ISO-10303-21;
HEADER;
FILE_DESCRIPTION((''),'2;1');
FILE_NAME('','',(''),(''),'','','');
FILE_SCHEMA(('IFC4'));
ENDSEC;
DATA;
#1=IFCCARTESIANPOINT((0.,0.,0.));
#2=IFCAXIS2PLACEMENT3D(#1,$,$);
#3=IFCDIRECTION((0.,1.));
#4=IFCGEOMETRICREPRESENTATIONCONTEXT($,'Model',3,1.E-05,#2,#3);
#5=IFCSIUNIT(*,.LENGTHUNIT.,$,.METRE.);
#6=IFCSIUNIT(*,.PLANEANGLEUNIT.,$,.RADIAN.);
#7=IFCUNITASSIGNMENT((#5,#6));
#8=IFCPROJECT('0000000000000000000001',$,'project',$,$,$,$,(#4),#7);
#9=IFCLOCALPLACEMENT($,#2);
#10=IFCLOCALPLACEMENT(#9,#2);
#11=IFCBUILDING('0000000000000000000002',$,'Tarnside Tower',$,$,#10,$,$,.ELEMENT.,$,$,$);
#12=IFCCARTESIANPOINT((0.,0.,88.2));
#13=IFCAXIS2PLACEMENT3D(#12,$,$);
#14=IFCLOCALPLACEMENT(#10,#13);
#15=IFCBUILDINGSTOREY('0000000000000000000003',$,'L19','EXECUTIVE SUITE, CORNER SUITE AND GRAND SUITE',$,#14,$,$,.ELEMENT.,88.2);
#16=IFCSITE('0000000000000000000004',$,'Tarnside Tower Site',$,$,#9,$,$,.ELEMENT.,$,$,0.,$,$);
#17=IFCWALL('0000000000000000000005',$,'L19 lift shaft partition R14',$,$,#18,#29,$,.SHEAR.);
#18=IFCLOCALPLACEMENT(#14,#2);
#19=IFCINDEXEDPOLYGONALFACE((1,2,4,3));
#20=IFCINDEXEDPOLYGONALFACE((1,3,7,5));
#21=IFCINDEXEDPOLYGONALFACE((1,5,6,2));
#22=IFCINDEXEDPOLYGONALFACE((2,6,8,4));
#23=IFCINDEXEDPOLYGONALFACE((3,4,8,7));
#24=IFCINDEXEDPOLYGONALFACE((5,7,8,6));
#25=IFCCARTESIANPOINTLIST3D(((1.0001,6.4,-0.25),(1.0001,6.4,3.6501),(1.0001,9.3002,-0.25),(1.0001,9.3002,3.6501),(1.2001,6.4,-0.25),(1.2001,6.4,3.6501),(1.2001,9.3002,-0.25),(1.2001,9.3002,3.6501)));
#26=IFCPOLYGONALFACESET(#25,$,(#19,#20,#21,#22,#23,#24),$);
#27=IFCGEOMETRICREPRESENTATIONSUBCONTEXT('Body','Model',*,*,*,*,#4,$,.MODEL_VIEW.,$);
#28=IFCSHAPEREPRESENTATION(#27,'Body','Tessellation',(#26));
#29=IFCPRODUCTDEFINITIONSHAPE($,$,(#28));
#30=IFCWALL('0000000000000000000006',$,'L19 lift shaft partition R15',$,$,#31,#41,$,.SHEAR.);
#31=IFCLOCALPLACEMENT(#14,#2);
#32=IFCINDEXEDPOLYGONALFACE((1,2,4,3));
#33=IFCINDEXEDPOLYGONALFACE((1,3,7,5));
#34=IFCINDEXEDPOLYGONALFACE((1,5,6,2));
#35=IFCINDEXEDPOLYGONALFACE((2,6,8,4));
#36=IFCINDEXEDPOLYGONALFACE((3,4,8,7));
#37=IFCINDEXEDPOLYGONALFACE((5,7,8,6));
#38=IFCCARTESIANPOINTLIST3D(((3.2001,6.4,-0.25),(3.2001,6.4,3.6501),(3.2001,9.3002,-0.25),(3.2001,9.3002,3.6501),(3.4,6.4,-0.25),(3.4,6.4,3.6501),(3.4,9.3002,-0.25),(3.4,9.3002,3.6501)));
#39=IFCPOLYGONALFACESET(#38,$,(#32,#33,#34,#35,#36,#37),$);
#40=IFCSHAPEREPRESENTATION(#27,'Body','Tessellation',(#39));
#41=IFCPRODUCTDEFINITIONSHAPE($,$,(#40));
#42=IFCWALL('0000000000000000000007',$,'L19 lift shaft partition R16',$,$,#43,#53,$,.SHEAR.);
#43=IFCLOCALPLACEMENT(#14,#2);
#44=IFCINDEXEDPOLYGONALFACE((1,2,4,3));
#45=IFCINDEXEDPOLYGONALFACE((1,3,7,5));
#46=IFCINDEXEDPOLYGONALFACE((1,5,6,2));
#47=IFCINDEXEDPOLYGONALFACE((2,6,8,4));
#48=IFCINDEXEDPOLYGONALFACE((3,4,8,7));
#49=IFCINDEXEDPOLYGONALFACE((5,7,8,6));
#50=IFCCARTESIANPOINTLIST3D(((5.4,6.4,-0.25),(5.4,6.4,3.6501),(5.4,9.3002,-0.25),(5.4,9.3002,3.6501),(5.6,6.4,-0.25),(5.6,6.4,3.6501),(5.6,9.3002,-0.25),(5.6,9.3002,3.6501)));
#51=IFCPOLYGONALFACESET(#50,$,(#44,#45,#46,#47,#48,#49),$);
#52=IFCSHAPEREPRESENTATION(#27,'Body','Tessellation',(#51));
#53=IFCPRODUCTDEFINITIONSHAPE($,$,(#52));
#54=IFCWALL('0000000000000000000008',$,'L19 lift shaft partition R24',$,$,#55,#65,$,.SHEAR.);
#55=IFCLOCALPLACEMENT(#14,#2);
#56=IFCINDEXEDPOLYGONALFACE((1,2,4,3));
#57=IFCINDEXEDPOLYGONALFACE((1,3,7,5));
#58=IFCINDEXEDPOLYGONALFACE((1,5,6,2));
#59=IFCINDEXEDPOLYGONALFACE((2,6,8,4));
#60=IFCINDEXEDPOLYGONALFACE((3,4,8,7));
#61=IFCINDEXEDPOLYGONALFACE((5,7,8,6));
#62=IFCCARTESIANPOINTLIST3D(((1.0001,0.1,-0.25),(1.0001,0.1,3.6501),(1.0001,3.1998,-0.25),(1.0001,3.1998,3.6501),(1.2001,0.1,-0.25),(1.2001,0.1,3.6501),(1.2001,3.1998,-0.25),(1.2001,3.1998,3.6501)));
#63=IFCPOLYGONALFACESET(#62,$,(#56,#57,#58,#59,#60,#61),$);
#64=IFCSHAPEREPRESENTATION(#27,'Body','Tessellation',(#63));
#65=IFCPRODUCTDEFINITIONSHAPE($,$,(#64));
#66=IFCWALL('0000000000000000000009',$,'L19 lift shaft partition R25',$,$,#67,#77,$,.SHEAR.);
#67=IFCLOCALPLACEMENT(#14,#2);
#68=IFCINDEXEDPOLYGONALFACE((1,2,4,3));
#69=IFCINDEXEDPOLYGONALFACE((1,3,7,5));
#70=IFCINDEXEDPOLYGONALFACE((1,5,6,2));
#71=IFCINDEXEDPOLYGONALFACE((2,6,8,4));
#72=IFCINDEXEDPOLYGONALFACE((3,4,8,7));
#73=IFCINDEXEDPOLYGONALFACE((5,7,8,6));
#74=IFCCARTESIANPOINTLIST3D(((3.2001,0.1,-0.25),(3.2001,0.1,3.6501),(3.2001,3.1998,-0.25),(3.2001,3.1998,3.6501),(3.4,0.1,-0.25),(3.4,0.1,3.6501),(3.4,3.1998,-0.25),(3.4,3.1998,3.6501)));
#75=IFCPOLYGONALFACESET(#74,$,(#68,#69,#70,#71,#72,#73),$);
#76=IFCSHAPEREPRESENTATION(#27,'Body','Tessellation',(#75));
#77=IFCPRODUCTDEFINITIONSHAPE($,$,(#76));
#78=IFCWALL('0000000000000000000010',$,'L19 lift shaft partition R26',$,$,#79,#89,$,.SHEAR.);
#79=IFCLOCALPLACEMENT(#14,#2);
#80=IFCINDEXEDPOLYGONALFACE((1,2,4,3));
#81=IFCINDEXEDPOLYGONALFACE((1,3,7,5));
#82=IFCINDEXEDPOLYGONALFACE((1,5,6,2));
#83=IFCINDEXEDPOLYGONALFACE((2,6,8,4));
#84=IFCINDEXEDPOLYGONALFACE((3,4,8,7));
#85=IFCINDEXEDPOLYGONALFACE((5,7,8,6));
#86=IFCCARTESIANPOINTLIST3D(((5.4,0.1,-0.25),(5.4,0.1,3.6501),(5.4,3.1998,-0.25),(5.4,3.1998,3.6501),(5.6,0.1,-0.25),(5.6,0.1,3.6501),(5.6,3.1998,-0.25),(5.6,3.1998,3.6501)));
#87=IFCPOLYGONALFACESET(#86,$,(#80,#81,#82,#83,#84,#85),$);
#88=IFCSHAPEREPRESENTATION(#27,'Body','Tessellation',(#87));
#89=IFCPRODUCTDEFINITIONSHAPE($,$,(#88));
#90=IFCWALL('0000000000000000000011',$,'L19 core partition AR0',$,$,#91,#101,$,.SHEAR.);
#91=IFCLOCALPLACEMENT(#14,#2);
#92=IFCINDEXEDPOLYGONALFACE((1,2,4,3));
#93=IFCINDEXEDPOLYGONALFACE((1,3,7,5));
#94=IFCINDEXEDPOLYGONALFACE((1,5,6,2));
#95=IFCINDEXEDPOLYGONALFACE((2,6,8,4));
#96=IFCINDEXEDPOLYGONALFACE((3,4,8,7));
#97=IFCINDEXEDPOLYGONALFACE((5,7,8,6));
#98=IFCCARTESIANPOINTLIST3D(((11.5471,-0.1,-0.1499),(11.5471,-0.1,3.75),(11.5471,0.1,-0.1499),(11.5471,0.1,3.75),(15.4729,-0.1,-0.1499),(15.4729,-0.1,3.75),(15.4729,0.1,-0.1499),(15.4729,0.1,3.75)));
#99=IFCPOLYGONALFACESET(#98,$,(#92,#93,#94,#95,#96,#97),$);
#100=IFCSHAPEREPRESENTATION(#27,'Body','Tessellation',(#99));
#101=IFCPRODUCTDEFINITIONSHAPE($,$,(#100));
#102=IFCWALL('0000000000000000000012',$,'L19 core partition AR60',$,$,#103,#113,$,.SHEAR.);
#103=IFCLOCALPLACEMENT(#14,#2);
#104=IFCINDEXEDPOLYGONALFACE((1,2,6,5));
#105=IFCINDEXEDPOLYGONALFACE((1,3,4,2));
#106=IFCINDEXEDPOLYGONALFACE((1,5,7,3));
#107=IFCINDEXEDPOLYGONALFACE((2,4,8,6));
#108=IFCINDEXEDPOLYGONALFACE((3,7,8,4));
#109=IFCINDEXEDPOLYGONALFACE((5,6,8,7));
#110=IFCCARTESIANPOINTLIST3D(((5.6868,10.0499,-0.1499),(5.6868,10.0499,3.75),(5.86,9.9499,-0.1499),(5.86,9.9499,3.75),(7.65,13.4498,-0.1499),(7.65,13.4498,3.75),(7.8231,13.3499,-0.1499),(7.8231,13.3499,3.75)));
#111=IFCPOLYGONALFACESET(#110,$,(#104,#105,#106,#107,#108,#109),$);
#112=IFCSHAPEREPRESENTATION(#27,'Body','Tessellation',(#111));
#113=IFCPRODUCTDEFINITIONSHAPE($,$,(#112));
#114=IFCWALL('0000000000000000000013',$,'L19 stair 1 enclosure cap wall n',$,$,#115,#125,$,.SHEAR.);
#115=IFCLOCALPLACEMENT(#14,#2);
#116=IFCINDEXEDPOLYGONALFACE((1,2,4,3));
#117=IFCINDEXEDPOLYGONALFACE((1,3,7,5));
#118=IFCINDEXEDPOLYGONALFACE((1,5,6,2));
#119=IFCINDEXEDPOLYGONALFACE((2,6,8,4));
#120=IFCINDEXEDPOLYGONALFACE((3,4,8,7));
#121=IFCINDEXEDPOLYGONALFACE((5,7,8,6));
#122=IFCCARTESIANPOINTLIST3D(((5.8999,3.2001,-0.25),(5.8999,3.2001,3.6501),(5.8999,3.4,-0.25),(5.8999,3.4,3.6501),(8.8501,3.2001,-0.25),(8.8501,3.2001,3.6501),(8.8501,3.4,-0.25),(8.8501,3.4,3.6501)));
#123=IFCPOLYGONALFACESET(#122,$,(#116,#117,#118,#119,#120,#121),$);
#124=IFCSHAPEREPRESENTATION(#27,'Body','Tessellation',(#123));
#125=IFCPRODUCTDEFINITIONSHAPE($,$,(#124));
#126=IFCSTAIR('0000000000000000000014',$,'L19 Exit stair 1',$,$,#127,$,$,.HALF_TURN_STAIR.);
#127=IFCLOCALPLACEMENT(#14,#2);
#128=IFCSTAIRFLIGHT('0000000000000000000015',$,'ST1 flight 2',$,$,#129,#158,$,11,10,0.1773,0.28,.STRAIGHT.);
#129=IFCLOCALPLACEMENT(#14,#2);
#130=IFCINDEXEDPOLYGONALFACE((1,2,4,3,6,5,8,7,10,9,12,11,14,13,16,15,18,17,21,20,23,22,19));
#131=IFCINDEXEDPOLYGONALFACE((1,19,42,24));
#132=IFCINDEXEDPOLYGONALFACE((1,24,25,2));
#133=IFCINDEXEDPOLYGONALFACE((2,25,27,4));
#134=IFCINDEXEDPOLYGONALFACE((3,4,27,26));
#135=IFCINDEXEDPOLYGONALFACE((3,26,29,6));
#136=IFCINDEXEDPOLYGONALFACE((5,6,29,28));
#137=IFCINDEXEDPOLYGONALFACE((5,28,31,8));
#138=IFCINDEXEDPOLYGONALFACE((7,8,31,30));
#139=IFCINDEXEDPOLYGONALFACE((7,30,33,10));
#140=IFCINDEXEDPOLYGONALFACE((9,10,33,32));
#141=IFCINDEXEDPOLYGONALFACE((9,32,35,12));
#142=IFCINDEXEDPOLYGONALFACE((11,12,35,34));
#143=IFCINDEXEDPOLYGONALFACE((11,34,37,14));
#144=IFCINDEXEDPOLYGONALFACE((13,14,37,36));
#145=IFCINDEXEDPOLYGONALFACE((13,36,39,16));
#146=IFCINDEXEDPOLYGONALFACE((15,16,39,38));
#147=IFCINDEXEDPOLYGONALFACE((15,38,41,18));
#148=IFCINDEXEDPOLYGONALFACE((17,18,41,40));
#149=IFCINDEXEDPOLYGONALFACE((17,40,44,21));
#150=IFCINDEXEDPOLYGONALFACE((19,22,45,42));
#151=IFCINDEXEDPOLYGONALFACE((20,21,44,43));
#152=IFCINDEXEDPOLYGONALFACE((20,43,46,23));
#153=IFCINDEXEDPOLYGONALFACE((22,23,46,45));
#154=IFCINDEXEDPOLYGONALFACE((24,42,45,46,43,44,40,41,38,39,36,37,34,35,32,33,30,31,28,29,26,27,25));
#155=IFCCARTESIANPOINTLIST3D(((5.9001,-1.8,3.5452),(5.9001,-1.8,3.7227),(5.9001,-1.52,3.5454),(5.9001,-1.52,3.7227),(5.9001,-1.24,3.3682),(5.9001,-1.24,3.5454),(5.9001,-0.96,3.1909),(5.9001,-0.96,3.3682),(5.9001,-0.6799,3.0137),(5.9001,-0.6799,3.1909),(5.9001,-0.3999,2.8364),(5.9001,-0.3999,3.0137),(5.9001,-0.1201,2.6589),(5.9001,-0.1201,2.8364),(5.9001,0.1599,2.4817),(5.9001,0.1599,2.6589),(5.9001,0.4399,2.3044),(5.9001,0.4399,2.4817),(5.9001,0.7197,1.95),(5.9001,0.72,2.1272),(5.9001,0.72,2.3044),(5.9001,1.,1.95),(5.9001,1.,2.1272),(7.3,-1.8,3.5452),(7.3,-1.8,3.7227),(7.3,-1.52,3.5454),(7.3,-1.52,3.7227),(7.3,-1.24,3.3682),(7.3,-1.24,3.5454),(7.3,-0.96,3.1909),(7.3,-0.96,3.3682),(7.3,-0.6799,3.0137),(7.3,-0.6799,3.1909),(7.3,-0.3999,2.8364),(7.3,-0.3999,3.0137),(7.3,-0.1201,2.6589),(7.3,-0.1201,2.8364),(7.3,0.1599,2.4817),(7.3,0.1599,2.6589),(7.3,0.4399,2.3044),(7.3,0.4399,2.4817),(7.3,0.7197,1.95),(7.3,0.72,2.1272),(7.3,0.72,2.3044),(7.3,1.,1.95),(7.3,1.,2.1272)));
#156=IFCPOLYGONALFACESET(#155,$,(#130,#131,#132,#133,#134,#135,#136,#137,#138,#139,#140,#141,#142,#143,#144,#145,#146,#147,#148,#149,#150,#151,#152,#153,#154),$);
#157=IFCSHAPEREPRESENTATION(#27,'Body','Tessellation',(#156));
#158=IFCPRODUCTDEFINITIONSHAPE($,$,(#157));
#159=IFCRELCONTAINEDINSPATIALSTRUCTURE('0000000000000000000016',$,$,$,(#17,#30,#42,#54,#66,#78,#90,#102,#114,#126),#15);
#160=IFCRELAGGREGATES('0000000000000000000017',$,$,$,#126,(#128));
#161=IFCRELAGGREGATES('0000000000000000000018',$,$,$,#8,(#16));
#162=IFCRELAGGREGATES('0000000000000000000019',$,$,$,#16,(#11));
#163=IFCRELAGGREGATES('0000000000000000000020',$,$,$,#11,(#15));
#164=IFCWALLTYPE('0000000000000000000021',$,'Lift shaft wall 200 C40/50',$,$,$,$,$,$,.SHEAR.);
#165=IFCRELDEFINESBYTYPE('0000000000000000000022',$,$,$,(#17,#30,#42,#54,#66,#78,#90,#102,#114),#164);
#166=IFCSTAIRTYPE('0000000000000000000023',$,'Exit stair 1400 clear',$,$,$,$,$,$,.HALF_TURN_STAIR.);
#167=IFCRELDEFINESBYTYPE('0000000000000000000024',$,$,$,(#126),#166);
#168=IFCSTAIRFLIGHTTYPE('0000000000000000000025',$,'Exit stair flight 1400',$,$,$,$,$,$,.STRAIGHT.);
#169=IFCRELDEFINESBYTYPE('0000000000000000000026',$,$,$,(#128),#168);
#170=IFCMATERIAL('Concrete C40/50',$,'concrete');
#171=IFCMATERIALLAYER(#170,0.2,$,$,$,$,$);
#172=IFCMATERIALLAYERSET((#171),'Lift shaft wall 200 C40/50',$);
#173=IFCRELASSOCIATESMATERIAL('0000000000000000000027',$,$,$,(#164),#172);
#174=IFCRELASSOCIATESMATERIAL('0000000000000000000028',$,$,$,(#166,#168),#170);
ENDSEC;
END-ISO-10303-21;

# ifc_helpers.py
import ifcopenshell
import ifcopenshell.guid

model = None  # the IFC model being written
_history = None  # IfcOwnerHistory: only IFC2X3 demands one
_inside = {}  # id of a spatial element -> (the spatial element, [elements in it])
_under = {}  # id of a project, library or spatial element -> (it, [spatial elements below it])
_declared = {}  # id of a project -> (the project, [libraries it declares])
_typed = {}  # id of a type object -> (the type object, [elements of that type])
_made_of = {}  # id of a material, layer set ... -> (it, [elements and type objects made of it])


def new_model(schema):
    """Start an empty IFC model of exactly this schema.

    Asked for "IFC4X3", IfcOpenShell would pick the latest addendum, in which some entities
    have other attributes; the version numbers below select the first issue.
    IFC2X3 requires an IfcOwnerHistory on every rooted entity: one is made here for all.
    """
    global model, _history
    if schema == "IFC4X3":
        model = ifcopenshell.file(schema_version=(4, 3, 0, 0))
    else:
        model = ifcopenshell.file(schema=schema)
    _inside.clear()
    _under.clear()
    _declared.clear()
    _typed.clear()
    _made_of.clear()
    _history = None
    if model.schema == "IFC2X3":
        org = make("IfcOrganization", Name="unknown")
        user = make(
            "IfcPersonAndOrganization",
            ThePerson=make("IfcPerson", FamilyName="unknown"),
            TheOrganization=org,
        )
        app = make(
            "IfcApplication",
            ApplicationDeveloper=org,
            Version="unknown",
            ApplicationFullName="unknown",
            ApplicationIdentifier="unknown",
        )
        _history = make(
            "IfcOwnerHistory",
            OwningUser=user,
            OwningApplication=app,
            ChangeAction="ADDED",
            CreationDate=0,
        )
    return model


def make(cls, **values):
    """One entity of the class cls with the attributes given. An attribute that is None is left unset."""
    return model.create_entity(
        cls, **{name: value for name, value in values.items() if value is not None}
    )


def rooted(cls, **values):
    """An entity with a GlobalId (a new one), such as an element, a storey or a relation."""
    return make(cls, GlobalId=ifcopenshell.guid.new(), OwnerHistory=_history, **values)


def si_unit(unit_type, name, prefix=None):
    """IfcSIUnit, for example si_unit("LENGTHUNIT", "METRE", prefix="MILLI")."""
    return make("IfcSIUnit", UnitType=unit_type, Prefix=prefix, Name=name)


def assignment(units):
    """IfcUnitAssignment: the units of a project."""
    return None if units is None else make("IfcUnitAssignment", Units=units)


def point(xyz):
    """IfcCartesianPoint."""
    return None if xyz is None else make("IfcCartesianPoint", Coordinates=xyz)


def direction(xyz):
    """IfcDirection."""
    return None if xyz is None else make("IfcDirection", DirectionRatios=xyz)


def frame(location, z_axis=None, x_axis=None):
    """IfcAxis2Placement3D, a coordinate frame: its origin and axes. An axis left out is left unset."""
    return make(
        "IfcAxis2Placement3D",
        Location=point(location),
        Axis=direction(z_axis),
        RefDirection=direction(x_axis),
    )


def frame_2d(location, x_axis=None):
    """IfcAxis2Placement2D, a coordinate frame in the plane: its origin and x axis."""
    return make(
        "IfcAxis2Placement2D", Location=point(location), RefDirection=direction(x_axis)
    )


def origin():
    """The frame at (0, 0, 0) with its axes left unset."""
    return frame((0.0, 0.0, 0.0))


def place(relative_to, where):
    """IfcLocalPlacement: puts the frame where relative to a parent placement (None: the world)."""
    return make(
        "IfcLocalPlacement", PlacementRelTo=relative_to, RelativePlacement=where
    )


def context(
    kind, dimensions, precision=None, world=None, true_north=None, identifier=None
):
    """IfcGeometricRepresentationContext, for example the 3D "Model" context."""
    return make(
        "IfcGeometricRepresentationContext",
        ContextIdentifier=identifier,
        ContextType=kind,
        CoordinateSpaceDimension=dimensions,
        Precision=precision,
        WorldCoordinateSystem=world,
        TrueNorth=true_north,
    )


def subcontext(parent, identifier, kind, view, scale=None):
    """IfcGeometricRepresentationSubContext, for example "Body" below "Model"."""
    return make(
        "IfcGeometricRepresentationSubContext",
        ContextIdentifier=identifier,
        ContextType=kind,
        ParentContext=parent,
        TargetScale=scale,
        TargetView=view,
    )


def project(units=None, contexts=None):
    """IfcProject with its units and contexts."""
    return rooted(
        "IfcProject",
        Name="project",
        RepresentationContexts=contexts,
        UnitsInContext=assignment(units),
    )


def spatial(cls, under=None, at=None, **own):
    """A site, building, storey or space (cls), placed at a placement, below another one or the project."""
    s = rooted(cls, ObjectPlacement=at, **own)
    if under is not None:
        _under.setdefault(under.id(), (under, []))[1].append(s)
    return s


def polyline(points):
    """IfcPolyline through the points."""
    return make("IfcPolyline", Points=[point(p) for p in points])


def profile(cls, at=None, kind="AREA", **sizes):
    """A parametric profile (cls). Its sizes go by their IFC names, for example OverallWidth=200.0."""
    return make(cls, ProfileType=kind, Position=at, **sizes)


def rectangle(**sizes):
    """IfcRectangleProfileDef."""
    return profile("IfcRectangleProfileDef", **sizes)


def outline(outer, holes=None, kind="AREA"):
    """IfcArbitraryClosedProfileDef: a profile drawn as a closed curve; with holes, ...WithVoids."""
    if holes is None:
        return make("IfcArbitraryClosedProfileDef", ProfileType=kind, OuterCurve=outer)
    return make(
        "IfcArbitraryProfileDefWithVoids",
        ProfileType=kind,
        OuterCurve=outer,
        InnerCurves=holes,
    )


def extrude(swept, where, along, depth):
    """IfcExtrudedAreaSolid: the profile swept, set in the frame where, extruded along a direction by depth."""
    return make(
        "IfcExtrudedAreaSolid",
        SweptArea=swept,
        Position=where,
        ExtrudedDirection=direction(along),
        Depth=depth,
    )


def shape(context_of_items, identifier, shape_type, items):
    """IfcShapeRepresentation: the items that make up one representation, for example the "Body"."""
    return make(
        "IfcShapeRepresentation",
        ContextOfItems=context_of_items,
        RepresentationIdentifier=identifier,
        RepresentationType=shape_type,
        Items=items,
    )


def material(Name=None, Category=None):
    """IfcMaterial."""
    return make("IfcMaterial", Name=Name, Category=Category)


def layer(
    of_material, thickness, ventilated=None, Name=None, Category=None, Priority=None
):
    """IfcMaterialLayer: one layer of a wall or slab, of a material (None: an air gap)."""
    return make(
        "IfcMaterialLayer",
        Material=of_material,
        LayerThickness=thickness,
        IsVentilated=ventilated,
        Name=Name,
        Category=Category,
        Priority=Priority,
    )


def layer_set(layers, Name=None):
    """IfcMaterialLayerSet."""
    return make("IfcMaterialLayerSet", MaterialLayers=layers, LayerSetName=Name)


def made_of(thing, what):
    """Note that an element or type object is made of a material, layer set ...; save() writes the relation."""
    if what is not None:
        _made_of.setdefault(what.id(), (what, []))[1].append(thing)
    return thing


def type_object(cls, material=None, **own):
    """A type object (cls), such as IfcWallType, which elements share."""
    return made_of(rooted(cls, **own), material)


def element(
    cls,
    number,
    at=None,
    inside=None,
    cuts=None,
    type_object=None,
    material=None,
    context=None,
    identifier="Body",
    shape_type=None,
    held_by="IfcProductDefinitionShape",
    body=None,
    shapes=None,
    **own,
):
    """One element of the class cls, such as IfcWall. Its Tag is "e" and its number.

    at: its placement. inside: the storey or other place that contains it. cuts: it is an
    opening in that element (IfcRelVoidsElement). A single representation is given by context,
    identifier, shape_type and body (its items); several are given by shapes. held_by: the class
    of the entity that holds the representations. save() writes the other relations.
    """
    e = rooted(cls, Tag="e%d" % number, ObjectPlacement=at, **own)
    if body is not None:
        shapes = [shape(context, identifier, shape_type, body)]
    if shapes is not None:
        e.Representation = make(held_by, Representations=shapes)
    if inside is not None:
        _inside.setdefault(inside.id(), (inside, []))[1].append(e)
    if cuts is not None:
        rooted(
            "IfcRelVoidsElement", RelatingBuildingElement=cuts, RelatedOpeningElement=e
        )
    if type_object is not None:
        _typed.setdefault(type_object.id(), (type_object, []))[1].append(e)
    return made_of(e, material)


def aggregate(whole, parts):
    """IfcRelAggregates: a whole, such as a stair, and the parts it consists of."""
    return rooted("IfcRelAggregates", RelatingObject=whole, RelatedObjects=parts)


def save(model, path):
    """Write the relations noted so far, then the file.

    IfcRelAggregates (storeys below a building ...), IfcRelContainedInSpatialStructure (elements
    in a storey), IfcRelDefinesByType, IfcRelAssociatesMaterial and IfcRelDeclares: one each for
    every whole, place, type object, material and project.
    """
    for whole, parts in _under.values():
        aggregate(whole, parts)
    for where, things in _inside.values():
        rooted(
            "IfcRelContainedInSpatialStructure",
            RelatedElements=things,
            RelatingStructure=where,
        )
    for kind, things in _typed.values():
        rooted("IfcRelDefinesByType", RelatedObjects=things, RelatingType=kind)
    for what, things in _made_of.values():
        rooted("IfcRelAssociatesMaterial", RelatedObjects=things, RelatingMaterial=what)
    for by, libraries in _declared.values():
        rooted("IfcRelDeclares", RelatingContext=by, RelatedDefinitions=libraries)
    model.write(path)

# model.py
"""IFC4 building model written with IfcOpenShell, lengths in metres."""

from ifc_helpers import new_model, si_unit, direction, frame, frame_2d, origin, place, context, subcontext, project, spatial, polyline, rectangle, outline, extrude, material, layer, layer_set, type_object, element, aggregate, save


model = new_model("IFC4")

# Units and contexts
model_context = context("Model", 3, precision=1e-05, world=origin(), true_north=direction((0.0, 1.0)))
body_context = subcontext(model_context, "Body", "Model", "MODEL_VIEW")
ifc_project = project(units=[si_unit("LENGTHUNIT", "METRE"), si_unit("PLANEANGLEUNIT", "RADIAN")], contexts=[model_context])

# Site, building, storey
site_placement = place(None, origin())
site = spatial("IfcSite", under=ifc_project, at=site_placement, Name="Tarnside Tower Site", CompositionType="ELEMENT", RefElevation=0.0)
building_placement = place(site_placement, origin())
building = spatial("IfcBuilding", under=site, at=building_placement, Name="Tarnside Tower", CompositionType="ELEMENT")
storey_placement = place(building_placement, frame((0.0, 0.0, 88.2)))
storey = spatial("IfcBuildingStorey", under=building, at=storey_placement, Name="L19", Description="EXECUTIVE SUITE, CORNER SUITE AND GRAND SUITE", CompositionType="ELEMENT", Elevation=88.2)

# Walls
ifc_material_1 = material(Name="Concrete C40/50", Category="concrete")
ifc_layer_1 = layer(ifc_material_1, 0.2)
ifc_layer_set_1 = layer_set([ifc_layer_1], Name="Lift shaft wall 200 C40/50")
wall_type_1 = type_object("IfcWallType", Name="Lift shaft wall 200 C40/50", PredefinedType="SHEAR", material=ifc_layer_set_1)
for number, where, z_axis, x_axis, name in (
    (1, (1.1001, 6.3999, -0.25), (0.0, 0.0, 1.0), (0.0, 1.0, 0.0), "L19 lift shaft partition R14"),
    (2, (3.3, 6.3999, -0.25), (0.0, 0.0, 1.0), (0.0, 1.0, 0.0), "L19 lift shaft partition R15"),
    (3, (5.5, 6.3999, -0.25), (0.0, 0.0, 1.0), (0.0, 1.0, 0.0), "L19 lift shaft partition R16"),
):
    element("IfcWall", number, at=place(storey_placement, frame(where, z_axis=z_axis, x_axis=x_axis)), inside=storey, type_object=wall_type_1, Name=name, PredefinedType="SHEAR", context=body_context, shape_type="SweptSolid", body=[
        extrude(rectangle(XDim=2.9001, YDim=0.2, at=frame_2d((1.4502, 0.0))), origin(), (0.0, 0.0, 1.0), 3.9001),
    ])
for number, where, z_axis, x_axis, name in (
    (4, (1.1001, 0.1001, -0.25), (0.0, 0.0, 1.0), (0.0, 1.0, 0.0), "L19 lift shaft partition R24"),
    (5, (3.3, 0.1001, -0.25), (0.0, 0.0, 1.0), (0.0, 1.0, 0.0), "L19 lift shaft partition R25"),
    (6, (5.5, 0.1001, -0.25), (0.0, 0.0, 1.0), (0.0, 1.0, 0.0), "L19 lift shaft partition R26"),
):
    element("IfcWall", number, at=place(storey_placement, frame(where, z_axis=z_axis, x_axis=x_axis)), inside=storey, type_object=wall_type_1, Name=name, PredefinedType="SHEAR", context=body_context, shape_type="SweptSolid", body=[
        extrude(rectangle(XDim=3.0999, YDim=0.2, at=frame_2d((1.5498, 0.0))), origin(), (0.0, 0.0, 1.0), 3.9001),
    ])
wall_1_placement = place(storey_placement, frame((11.5471, 0.0, -0.1499), z_axis=(0.0, 0.0, 1.0), x_axis=(1.0, 0.0, 0.0)))
element("IfcWall", 7, at=wall_1_placement, inside=storey, type_object=wall_type_1, Name="L19 core partition AR0", PredefinedType="SHEAR", context=body_context, shape_type="SweptSolid", body=[
    extrude(rectangle(XDim=3.9258, YDim=0.2, at=frame_2d((1.9629, 0.0))), origin(), (0.0, 0.0, 1.0), 3.8999),
])
wall_2_placement = place(storey_placement, frame((5.7734, 10.0, -0.1499), z_axis=(0.0, 0.0, 1.0), x_axis=(0.500038, 0.866003, 0.0)))
element("IfcWall", 8, at=wall_2_placement, inside=storey, type_object=wall_type_1, Name="L19 core partition AR60", PredefinedType="SHEAR", context=body_context, shape_type="SweptSolid", body=[
    extrude(rectangle(XDim=3.926, YDim=0.2, at=frame_2d((1.9629, 0.0))), origin(), (0.0, 0.0, 1.0), 3.8999),
])
wall_3_placement = place(storey_placement, frame((5.8999, 3.3, -0.25), z_axis=(0.0, 0.0, 1.0), x_axis=(1.0, 0.0, 0.0)))
element("IfcWall", 9, at=wall_3_placement, inside=storey, type_object=wall_type_1, Name="L19 stair 1 enclosure cap wall n", PredefinedType="SHEAR", context=body_context, shape_type="SweptSolid", body=[
    extrude(rectangle(XDim=2.9502, YDim=0.2, at=frame_2d((1.4751, 0.0))), origin(), (0.0, 0.0, 1.0), 3.9001),
])

# Stair, stair flight
stair_type = type_object("IfcStairType", Name="Exit stair 1400 clear", PredefinedType="HALF_TURN_STAIR", material=ifc_material_1)
stair_placement = place(storey_placement, origin())
stair = element("IfcStair", 10, at=stair_placement, inside=storey, type_object=stair_type, Name="L19 Exit stair 1", PredefinedType="HALF_TURN_STAIR")
stair_flight_type = type_object("IfcStairFlightType", Name="Exit stair flight 1400", PredefinedType="STRAIGHT", material=ifc_material_1)
stair_flight_placement = place(storey_placement, frame((6.6001, 1.0, 1.95), z_axis=(0.0, 0.0, 1.0), x_axis=(0.0, -1.0, 0.0)))
stair_flight = element("IfcStairFlight", 11, at=stair_flight_placement, type_object=stair_flight_type, Name="ST1 flight 2", NumberOfRisers=11, NumberOfTreads=10, PredefinedType="STRAIGHT", RiserHeight=0.1773, TreadLength=0.28, context=body_context, shape_type="SweptSolid", body=[
    extrude(outline(polyline([(0.0, 0.0), (0.0, 0.1772), (0.28, 0.1772), (0.28, 0.3545), (0.5601, 0.3545), (0.5601, 0.5317), (0.8401, 0.5317), (0.8401, 0.709), (1.1201, 0.709), (1.1201, 0.8865), (1.3999, 0.8865), (1.3999, 1.0637), (1.6799, 1.0637), (1.6799, 1.241), (1.96, 1.241), (1.96, 1.4182), (2.24, 1.4182), (2.24, 1.5955), (2.52, 1.5955), (2.52, 1.7727), (2.8, 1.7727), (2.8, 1.95), (2.8, 1.5952), (0.2803, 0.0), (0.0, 0.0)])), frame((0.0, 0.7, 0.0), z_axis=(0.0, -1.0, 0.0), x_axis=(1.0, 0.0, 0.0)), (0.0, 0.0, 1.0), 1.3999),
])
aggregate(stair, [stair_flight])

save(model, "model.ifc")
